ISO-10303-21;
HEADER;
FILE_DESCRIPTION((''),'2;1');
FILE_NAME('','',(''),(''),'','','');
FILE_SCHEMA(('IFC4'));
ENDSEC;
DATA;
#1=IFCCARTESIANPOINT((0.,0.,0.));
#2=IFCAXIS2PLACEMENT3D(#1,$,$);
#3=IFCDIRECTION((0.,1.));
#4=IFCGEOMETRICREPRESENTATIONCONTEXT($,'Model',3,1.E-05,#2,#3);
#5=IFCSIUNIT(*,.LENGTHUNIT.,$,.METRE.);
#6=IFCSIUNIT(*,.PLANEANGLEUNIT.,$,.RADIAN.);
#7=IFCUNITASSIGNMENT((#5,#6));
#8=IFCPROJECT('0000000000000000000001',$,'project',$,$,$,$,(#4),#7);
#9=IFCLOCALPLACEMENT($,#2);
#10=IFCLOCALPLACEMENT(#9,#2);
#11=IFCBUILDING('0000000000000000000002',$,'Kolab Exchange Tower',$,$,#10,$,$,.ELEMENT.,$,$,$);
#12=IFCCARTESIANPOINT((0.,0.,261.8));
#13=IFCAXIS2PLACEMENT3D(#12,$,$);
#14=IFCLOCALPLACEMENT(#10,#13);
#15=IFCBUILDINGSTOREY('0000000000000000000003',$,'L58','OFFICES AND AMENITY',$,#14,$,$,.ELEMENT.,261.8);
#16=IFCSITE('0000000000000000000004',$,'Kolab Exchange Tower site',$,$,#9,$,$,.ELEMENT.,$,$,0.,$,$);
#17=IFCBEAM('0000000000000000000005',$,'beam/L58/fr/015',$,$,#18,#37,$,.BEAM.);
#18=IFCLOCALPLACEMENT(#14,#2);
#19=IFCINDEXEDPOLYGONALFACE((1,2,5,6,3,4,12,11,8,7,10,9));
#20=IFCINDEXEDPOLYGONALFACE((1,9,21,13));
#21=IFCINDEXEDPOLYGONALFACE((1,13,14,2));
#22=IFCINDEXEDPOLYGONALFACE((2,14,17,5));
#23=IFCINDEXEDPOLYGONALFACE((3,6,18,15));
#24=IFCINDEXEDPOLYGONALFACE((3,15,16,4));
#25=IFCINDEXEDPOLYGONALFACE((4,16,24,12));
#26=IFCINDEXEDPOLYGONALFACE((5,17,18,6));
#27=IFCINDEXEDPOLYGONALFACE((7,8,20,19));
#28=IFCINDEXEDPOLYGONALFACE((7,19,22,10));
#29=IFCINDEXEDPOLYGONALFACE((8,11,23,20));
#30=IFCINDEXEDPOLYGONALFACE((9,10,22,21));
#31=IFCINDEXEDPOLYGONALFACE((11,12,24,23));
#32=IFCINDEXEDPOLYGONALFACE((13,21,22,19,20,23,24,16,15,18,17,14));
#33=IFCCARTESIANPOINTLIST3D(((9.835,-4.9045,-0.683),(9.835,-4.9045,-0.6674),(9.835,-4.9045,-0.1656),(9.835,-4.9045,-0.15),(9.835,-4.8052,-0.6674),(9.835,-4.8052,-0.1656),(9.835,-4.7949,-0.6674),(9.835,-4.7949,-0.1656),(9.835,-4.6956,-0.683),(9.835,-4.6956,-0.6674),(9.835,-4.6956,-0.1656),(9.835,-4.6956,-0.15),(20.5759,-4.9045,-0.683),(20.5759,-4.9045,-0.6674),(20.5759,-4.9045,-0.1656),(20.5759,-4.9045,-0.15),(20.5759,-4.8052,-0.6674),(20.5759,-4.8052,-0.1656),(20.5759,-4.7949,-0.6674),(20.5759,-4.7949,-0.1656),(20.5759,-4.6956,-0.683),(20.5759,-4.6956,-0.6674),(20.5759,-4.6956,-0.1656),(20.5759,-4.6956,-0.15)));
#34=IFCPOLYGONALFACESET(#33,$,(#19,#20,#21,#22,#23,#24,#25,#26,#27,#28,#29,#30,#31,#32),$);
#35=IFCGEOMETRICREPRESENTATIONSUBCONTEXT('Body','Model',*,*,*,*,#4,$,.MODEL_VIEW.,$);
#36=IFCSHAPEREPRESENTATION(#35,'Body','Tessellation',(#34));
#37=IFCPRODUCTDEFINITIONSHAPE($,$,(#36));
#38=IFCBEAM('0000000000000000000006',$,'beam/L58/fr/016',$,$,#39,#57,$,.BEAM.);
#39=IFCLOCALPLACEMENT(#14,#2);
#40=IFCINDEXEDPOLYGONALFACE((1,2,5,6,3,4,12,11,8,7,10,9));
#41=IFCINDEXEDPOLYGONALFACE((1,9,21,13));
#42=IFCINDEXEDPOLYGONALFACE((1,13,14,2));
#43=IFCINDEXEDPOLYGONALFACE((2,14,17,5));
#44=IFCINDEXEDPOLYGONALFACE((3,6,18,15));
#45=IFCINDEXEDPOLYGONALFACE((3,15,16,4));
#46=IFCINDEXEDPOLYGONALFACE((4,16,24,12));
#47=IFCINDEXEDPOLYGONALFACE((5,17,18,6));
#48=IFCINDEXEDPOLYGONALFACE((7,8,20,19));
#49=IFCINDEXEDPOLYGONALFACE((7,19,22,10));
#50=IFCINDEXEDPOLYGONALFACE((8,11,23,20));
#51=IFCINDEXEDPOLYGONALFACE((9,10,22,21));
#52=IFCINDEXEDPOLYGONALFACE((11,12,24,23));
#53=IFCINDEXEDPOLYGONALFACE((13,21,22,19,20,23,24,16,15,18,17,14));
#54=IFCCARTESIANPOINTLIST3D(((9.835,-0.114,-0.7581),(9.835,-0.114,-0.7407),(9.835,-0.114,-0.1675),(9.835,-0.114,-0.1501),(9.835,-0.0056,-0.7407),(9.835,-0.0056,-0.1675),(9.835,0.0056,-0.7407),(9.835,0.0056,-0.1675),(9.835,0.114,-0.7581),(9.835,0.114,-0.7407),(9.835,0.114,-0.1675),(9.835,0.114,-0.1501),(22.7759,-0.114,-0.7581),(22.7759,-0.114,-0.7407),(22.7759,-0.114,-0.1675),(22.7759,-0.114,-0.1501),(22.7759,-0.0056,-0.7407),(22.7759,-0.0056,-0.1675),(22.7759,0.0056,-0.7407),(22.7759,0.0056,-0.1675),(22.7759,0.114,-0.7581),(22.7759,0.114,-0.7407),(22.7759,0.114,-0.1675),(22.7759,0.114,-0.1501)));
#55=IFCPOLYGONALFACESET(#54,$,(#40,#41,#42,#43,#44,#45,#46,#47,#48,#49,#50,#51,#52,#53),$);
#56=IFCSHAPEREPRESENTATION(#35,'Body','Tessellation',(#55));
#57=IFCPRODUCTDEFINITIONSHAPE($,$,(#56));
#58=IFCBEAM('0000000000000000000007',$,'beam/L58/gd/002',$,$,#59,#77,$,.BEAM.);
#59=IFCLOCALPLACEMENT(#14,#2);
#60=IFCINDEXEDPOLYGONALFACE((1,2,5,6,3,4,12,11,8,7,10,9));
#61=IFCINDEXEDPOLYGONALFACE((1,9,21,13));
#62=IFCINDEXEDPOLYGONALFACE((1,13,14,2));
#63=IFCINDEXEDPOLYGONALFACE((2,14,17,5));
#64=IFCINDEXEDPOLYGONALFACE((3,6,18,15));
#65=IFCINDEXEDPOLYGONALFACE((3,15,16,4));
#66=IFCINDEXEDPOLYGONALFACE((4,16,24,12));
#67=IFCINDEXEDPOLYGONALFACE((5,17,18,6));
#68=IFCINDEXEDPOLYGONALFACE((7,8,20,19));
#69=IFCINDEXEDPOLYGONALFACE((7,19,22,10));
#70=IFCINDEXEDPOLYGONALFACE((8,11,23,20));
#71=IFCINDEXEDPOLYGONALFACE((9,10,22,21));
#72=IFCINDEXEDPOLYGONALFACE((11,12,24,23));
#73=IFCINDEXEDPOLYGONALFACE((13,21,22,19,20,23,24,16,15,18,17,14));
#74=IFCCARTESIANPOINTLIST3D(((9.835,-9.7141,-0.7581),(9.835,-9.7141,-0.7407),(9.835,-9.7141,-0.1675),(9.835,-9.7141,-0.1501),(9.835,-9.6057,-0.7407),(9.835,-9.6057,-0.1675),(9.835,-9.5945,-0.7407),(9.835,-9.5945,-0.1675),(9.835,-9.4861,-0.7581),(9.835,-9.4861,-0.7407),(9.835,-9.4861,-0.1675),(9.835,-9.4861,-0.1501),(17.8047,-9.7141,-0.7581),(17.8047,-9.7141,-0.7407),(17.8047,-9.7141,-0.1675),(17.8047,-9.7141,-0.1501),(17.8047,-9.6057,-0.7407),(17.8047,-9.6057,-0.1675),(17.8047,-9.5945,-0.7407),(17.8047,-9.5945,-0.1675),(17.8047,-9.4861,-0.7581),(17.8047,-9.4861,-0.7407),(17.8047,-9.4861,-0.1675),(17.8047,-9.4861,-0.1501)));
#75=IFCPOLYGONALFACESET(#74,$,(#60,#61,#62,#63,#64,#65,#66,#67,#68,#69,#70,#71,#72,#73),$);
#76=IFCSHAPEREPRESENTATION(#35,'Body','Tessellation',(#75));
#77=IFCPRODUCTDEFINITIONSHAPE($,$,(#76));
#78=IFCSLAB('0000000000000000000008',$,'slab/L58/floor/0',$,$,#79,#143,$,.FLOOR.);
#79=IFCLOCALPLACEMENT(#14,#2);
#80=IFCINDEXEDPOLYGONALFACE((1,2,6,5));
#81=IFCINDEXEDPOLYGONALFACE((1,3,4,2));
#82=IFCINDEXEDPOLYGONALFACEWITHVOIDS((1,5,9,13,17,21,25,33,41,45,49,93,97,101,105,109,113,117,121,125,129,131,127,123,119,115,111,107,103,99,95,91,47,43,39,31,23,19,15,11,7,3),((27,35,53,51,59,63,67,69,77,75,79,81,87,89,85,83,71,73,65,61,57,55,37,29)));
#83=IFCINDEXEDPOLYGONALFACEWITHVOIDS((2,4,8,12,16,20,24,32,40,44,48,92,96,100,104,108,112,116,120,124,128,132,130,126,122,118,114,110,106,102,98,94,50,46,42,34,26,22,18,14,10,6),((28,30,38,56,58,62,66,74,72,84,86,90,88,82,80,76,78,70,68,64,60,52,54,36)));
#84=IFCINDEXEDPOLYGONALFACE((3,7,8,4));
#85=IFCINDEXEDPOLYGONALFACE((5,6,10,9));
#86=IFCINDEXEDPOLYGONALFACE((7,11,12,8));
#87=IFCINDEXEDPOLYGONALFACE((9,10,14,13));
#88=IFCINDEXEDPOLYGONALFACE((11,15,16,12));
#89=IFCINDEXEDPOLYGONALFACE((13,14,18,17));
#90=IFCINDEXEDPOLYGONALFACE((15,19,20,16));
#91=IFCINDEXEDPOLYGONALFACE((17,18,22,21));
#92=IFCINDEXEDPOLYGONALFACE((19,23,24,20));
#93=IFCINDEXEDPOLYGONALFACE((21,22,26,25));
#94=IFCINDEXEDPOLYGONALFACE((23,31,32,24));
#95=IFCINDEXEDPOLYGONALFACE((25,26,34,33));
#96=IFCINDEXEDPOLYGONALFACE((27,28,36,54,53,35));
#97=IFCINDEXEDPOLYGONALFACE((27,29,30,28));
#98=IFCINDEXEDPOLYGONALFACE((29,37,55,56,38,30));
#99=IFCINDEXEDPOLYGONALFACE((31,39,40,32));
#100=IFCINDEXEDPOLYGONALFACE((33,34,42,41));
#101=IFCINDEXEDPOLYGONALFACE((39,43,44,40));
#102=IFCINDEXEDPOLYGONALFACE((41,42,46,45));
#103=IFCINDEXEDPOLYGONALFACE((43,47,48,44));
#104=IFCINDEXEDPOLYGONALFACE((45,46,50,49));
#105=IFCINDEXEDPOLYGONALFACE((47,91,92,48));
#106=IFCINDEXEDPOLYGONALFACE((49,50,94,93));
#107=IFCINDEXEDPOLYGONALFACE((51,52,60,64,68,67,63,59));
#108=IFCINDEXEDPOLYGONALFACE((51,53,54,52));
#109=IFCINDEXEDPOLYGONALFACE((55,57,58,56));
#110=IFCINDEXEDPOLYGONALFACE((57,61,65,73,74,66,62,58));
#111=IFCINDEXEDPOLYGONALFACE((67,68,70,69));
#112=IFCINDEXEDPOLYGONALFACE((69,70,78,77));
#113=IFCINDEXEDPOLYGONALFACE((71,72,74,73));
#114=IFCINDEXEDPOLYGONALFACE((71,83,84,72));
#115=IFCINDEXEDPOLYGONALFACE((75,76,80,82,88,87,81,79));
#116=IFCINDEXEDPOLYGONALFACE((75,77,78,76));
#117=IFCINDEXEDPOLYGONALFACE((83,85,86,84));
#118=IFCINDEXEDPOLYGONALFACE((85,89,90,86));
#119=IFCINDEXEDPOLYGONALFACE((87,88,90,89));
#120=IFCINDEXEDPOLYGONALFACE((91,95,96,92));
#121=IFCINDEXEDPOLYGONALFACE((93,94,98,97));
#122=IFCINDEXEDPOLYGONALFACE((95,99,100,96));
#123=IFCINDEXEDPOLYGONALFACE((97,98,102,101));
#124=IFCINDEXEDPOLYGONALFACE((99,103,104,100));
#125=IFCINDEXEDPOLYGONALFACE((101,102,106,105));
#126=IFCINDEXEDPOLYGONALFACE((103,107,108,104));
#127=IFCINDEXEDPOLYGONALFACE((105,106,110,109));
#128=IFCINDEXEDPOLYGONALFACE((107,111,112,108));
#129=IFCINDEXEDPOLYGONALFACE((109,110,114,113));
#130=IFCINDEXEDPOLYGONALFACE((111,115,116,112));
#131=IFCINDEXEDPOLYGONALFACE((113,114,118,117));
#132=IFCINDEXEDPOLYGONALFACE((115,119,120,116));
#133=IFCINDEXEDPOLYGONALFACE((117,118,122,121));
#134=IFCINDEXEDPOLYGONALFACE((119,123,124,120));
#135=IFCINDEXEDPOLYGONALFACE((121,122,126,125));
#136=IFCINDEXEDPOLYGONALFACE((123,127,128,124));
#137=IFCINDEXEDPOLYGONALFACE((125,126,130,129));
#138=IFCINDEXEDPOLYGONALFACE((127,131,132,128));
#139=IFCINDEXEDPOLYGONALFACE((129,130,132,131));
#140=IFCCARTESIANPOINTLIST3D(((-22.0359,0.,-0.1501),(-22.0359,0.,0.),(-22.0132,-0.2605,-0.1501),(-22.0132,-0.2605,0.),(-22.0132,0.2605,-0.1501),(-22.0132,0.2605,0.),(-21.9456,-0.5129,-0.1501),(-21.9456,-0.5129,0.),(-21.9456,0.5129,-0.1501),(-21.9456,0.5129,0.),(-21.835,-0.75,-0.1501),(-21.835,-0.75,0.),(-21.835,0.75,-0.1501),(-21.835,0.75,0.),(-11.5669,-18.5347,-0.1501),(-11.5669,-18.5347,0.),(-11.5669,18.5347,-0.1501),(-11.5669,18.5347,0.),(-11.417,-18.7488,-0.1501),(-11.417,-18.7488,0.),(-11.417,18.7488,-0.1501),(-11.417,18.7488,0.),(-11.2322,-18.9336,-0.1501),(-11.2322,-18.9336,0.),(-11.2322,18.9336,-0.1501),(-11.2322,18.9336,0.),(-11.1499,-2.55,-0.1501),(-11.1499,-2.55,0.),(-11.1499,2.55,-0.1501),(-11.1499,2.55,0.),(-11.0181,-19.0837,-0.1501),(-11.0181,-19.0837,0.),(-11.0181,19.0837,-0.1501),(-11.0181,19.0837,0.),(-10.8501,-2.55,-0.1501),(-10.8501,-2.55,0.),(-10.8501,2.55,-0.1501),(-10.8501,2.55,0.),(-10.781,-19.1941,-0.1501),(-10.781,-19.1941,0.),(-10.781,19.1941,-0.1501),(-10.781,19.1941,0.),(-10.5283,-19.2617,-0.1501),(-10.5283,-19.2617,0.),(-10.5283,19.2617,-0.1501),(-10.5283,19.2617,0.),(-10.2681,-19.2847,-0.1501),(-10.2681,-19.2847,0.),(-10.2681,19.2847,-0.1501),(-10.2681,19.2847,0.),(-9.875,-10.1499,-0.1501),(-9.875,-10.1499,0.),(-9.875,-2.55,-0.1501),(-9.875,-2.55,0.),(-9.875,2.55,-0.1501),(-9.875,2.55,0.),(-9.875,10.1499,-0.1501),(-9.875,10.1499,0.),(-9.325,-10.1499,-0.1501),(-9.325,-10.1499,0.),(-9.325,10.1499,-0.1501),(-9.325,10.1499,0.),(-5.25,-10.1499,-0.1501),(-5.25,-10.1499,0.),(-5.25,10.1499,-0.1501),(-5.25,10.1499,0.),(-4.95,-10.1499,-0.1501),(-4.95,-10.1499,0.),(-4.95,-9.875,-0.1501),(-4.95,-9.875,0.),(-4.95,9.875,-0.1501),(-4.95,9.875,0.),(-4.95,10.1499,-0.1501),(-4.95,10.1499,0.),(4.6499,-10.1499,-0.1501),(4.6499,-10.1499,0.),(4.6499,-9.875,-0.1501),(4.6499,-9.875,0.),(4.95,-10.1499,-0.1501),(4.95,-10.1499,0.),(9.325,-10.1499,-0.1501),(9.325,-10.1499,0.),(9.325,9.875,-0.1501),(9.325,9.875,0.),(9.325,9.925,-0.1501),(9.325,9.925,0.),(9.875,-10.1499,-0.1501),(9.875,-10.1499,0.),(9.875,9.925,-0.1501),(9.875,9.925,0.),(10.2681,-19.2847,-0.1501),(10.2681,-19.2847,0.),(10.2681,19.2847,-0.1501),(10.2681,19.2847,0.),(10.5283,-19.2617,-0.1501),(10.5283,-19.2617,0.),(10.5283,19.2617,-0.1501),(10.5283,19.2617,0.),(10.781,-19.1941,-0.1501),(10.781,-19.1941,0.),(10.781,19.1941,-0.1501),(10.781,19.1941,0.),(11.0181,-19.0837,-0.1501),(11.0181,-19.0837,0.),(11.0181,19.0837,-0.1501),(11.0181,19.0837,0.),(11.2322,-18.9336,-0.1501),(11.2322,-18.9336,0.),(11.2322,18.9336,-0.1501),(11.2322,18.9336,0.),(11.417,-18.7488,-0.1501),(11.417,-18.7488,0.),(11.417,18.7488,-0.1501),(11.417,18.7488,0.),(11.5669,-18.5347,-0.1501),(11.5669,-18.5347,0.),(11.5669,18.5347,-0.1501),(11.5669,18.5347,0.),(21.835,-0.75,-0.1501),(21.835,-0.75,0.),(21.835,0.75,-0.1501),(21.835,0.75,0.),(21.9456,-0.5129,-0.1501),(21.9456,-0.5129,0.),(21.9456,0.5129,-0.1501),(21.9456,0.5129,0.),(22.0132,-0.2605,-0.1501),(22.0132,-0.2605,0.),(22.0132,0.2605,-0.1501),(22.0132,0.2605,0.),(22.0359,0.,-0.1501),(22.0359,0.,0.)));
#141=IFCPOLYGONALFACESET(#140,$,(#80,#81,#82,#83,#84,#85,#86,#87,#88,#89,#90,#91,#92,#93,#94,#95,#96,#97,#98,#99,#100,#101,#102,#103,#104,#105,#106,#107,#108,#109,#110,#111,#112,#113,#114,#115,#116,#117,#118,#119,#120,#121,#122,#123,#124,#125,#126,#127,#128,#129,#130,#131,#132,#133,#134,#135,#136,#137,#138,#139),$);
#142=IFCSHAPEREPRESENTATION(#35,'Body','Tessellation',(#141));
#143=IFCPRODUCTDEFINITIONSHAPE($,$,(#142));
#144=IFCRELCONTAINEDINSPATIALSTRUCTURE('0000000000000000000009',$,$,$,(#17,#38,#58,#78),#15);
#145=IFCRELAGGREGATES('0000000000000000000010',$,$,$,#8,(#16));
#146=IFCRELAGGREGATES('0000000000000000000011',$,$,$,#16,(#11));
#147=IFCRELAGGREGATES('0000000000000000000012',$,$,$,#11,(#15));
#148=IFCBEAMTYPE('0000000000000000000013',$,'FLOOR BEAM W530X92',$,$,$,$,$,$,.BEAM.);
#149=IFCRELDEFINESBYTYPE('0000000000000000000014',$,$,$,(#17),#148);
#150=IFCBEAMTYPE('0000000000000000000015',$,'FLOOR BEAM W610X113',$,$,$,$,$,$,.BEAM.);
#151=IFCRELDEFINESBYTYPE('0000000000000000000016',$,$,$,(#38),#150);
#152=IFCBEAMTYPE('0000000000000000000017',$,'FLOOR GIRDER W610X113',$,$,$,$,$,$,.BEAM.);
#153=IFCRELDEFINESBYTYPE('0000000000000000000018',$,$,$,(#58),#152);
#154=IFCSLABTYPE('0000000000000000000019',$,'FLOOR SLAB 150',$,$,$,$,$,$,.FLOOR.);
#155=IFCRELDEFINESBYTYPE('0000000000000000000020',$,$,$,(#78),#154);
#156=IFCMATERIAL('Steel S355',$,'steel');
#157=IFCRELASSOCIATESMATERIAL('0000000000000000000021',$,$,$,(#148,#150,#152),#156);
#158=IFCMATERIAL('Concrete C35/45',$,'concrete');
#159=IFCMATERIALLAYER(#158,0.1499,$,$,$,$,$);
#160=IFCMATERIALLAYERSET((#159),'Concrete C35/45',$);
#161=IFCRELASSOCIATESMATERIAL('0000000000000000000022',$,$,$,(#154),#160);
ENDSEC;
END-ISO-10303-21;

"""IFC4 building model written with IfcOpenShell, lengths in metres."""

from ifc_helpers import new_model, si_unit, direction, frame, origin, origin_2d, place, context, subcontext, project, spatial, polyline, i_section, outline, extrude, material, layer, layer_set, material_profile, profile_set, type_object, element, save


model = new_model("IFC4")

# Units and contexts
model_context = context("Model", 3, precision=1e-05, world=origin(), true_north=direction((0.0, 1.0)))
body_context = subcontext(model_context, "Body", "Model", "MODEL_VIEW")
ifc_project = project(units=[si_unit("LENGTHUNIT", "METRE"), si_unit("PLANEANGLEUNIT", "RADIAN")], contexts=[model_context])

# Site, building, storey
site_placement = place(None, origin())
site = spatial("IfcSite", under=ifc_project, at=site_placement, Name="Kolab Exchange Tower site", CompositionType="ELEMENT", RefElevation=0.0)
building_placement = place(site_placement, origin())
building = spatial("IfcBuilding", under=site, at=building_placement, Name="Kolab Exchange Tower", CompositionType="ELEMENT")
storey_placement = place(building_placement, frame((0.0, 0.0, 261.8)))
storey = spatial("IfcBuildingStorey", under=building, at=storey_placement, Name="L58", Description="OFFICES AND AMENITY", CompositionType="ELEMENT", Elevation=261.8)

# Beams
ifc_material_1 = material(Name="Steel S355", Category="steel")
ifc_material_profile_1 = material_profile(ifc_material_1, i_section(OverallWidth=0.209, OverallDepth=0.533, WebThickness=0.0103, FlangeThickness=0.0156, at=origin_2d()), Name="W530X92")
ifc_profile_set_1 = profile_set([ifc_material_profile_1], Name="Steel S355")
beam_type_1 = type_object("IfcBeamType", Name="FLOOR BEAM W530X92", PredefinedType="BEAM", material=ifc_profile_set_1)
beam_1_placement = place(storey_placement, frame((9.835, -4.8, -0.4165), z_axis=(1.0, 0.0, 0.0), x_axis=(0.0, 1.0, 0.0)))
element("IfcBeam", 1, at=beam_1_placement, inside=storey, type_object=beam_type_1, Name="beam/L58/fr/015", PredefinedType="BEAM", context=body_context, shape_type="SweptSolid", body=[
    extrude(i_section(OverallWidth=0.209, OverallDepth=0.533, WebThickness=0.0103, FlangeThickness=0.0156, at=origin_2d()), origin(), (0.0, 0.0, 1.0), 10.741),
])
ifc_material_profile_2 = material_profile(ifc_material_1, i_section(OverallWidth=0.228, OverallDepth=0.6079, WebThickness=0.0112, FlangeThickness=0.0173, at=origin_2d()), Name="W610X113")
ifc_profile_set_2 = profile_set([ifc_material_profile_2], Name="Steel S355")
beam_type_2 = type_object("IfcBeamType", Name="FLOOR BEAM W610X113", PredefinedType="BEAM", material=ifc_profile_set_2)
beam_2_placement = place(storey_placement, frame((9.835, 0.0, -0.4541), z_axis=(1.0, 0.0, 0.0), x_axis=(0.0, 1.0, 0.0)))
element("IfcBeam", 2, at=beam_2_placement, inside=storey, type_object=beam_type_2, Name="beam/L58/fr/016", PredefinedType="BEAM", context=body_context, shape_type="SweptSolid", body=[
    extrude(i_section(OverallWidth=0.228, OverallDepth=0.6079, WebThickness=0.0112, FlangeThickness=0.0173, at=origin_2d()), origin(), (0.0, 0.0, 1.0), 12.9409),
])
ifc_material_profile_3 = material_profile(ifc_material_1, i_section(OverallWidth=0.228, OverallDepth=0.6079, WebThickness=0.0112, FlangeThickness=0.0173, at=origin_2d()), Name="W610X113")
ifc_profile_set_3 = profile_set([ifc_material_profile_3], Name="Steel S355")
beam_type_3 = type_object("IfcBeamType", Name="FLOOR GIRDER W610X113", PredefinedType="BEAM", material=ifc_profile_set_3)
beam_3_placement = place(storey_placement, frame((9.835, -9.6001, -0.4541), z_axis=(1.0, 0.0, 0.0), x_axis=(0.0, 1.0, 0.0)))
element("IfcBeam", 3, at=beam_3_placement, inside=storey, type_object=beam_type_3, Name="beam/L58/gd/002", PredefinedType="BEAM", context=body_context, shape_type="SweptSolid", body=[
    extrude(i_section(OverallWidth=0.228, OverallDepth=0.6079, WebThickness=0.0112, FlangeThickness=0.0173, at=origin_2d()), origin(), (0.0, 0.0, 1.0), 7.9697),
])

# Slab
ifc_material_2 = material(Name="Concrete C35/45", Category="concrete")
ifc_layer_1 = layer(ifc_material_2, 0.1499)
ifc_layer_set_1 = layer_set([ifc_layer_1], Name="Concrete C35/45")
slab_type = type_object("IfcSlabType", Name="FLOOR SLAB 150", PredefinedType="FLOOR", material=ifc_layer_set_1)
slab_placement = place(storey_placement, frame((0.0, 0.0, -0.1501)))
element("IfcSlab", 4, at=slab_placement, inside=storey, type_object=slab_type, Name="slab/L58/floor/0", PredefinedType="FLOOR", context=body_context, shape_type="SweptSolid", body=[
    extrude(outline(polyline([(11.5669, -18.5347), (21.835, -0.75), (21.9456, -0.5129), (22.0132, -0.2605), (22.0359, 0.0), (22.0132, 0.2605), (21.9456, 0.5129), (21.835, 0.75), (11.5669, 18.5347), (11.417, 18.7488), (11.2322, 18.9336), (11.0181, 19.0837), (10.781, 19.1941), (10.5283, 19.2617), (10.2681, 19.2847), (-10.2681, 19.2847), (-10.5283, 19.2617), (-10.781, 19.1941), (-11.0181, 19.0837), (-11.2322, 18.9336), (-11.417, 18.7488), (-11.5669, 18.5347), (-21.835, 0.75), (-21.9456, 0.5129), (-22.0132, 0.2605), (-22.0359, 0.0), (-22.0132, -0.2605), (-21.9456, -0.5129), (-21.835, -0.75), (-11.5669, -18.5347), (-11.417, -18.7488), (-11.2322, -18.9336), (-11.0181, -19.0837), (-10.781, -19.1941), (-10.5283, -19.2617), (-10.2681, -19.2847), (10.2681, -19.2847), (10.5283, -19.2617), (10.781, -19.1941), (11.0181, -19.0837), (11.2322, -18.9336), (11.417, -18.7488), (11.5669, -18.5347)]), holes=[polyline([(-9.325, -10.1499), (-9.875, -10.1499), (-9.875, -2.55), (-10.8501, -2.55), (-11.1499, -2.55), (-11.1499, 2.55), (-10.8501, 2.55), (-9.875, 2.55), (-9.875, 10.1499), (-9.325, 10.1499), (-5.25, 10.1499), (-4.95, 10.1499), (-4.95, 9.875), (9.325, 9.875), (9.325, 9.925), (9.875, 9.925), (9.875, -10.1499), (9.325, -10.1499), (4.95, -10.1499), (4.6499, -10.1499), (4.6499, -9.875), (-4.95, -9.875), (-4.95, -10.1499), (-5.25, -10.1499), (-9.325, -10.1499)])]), origin(), (0.0, 0.0, 1.0), 0.1501),
])

save(model, "model.ifc")
